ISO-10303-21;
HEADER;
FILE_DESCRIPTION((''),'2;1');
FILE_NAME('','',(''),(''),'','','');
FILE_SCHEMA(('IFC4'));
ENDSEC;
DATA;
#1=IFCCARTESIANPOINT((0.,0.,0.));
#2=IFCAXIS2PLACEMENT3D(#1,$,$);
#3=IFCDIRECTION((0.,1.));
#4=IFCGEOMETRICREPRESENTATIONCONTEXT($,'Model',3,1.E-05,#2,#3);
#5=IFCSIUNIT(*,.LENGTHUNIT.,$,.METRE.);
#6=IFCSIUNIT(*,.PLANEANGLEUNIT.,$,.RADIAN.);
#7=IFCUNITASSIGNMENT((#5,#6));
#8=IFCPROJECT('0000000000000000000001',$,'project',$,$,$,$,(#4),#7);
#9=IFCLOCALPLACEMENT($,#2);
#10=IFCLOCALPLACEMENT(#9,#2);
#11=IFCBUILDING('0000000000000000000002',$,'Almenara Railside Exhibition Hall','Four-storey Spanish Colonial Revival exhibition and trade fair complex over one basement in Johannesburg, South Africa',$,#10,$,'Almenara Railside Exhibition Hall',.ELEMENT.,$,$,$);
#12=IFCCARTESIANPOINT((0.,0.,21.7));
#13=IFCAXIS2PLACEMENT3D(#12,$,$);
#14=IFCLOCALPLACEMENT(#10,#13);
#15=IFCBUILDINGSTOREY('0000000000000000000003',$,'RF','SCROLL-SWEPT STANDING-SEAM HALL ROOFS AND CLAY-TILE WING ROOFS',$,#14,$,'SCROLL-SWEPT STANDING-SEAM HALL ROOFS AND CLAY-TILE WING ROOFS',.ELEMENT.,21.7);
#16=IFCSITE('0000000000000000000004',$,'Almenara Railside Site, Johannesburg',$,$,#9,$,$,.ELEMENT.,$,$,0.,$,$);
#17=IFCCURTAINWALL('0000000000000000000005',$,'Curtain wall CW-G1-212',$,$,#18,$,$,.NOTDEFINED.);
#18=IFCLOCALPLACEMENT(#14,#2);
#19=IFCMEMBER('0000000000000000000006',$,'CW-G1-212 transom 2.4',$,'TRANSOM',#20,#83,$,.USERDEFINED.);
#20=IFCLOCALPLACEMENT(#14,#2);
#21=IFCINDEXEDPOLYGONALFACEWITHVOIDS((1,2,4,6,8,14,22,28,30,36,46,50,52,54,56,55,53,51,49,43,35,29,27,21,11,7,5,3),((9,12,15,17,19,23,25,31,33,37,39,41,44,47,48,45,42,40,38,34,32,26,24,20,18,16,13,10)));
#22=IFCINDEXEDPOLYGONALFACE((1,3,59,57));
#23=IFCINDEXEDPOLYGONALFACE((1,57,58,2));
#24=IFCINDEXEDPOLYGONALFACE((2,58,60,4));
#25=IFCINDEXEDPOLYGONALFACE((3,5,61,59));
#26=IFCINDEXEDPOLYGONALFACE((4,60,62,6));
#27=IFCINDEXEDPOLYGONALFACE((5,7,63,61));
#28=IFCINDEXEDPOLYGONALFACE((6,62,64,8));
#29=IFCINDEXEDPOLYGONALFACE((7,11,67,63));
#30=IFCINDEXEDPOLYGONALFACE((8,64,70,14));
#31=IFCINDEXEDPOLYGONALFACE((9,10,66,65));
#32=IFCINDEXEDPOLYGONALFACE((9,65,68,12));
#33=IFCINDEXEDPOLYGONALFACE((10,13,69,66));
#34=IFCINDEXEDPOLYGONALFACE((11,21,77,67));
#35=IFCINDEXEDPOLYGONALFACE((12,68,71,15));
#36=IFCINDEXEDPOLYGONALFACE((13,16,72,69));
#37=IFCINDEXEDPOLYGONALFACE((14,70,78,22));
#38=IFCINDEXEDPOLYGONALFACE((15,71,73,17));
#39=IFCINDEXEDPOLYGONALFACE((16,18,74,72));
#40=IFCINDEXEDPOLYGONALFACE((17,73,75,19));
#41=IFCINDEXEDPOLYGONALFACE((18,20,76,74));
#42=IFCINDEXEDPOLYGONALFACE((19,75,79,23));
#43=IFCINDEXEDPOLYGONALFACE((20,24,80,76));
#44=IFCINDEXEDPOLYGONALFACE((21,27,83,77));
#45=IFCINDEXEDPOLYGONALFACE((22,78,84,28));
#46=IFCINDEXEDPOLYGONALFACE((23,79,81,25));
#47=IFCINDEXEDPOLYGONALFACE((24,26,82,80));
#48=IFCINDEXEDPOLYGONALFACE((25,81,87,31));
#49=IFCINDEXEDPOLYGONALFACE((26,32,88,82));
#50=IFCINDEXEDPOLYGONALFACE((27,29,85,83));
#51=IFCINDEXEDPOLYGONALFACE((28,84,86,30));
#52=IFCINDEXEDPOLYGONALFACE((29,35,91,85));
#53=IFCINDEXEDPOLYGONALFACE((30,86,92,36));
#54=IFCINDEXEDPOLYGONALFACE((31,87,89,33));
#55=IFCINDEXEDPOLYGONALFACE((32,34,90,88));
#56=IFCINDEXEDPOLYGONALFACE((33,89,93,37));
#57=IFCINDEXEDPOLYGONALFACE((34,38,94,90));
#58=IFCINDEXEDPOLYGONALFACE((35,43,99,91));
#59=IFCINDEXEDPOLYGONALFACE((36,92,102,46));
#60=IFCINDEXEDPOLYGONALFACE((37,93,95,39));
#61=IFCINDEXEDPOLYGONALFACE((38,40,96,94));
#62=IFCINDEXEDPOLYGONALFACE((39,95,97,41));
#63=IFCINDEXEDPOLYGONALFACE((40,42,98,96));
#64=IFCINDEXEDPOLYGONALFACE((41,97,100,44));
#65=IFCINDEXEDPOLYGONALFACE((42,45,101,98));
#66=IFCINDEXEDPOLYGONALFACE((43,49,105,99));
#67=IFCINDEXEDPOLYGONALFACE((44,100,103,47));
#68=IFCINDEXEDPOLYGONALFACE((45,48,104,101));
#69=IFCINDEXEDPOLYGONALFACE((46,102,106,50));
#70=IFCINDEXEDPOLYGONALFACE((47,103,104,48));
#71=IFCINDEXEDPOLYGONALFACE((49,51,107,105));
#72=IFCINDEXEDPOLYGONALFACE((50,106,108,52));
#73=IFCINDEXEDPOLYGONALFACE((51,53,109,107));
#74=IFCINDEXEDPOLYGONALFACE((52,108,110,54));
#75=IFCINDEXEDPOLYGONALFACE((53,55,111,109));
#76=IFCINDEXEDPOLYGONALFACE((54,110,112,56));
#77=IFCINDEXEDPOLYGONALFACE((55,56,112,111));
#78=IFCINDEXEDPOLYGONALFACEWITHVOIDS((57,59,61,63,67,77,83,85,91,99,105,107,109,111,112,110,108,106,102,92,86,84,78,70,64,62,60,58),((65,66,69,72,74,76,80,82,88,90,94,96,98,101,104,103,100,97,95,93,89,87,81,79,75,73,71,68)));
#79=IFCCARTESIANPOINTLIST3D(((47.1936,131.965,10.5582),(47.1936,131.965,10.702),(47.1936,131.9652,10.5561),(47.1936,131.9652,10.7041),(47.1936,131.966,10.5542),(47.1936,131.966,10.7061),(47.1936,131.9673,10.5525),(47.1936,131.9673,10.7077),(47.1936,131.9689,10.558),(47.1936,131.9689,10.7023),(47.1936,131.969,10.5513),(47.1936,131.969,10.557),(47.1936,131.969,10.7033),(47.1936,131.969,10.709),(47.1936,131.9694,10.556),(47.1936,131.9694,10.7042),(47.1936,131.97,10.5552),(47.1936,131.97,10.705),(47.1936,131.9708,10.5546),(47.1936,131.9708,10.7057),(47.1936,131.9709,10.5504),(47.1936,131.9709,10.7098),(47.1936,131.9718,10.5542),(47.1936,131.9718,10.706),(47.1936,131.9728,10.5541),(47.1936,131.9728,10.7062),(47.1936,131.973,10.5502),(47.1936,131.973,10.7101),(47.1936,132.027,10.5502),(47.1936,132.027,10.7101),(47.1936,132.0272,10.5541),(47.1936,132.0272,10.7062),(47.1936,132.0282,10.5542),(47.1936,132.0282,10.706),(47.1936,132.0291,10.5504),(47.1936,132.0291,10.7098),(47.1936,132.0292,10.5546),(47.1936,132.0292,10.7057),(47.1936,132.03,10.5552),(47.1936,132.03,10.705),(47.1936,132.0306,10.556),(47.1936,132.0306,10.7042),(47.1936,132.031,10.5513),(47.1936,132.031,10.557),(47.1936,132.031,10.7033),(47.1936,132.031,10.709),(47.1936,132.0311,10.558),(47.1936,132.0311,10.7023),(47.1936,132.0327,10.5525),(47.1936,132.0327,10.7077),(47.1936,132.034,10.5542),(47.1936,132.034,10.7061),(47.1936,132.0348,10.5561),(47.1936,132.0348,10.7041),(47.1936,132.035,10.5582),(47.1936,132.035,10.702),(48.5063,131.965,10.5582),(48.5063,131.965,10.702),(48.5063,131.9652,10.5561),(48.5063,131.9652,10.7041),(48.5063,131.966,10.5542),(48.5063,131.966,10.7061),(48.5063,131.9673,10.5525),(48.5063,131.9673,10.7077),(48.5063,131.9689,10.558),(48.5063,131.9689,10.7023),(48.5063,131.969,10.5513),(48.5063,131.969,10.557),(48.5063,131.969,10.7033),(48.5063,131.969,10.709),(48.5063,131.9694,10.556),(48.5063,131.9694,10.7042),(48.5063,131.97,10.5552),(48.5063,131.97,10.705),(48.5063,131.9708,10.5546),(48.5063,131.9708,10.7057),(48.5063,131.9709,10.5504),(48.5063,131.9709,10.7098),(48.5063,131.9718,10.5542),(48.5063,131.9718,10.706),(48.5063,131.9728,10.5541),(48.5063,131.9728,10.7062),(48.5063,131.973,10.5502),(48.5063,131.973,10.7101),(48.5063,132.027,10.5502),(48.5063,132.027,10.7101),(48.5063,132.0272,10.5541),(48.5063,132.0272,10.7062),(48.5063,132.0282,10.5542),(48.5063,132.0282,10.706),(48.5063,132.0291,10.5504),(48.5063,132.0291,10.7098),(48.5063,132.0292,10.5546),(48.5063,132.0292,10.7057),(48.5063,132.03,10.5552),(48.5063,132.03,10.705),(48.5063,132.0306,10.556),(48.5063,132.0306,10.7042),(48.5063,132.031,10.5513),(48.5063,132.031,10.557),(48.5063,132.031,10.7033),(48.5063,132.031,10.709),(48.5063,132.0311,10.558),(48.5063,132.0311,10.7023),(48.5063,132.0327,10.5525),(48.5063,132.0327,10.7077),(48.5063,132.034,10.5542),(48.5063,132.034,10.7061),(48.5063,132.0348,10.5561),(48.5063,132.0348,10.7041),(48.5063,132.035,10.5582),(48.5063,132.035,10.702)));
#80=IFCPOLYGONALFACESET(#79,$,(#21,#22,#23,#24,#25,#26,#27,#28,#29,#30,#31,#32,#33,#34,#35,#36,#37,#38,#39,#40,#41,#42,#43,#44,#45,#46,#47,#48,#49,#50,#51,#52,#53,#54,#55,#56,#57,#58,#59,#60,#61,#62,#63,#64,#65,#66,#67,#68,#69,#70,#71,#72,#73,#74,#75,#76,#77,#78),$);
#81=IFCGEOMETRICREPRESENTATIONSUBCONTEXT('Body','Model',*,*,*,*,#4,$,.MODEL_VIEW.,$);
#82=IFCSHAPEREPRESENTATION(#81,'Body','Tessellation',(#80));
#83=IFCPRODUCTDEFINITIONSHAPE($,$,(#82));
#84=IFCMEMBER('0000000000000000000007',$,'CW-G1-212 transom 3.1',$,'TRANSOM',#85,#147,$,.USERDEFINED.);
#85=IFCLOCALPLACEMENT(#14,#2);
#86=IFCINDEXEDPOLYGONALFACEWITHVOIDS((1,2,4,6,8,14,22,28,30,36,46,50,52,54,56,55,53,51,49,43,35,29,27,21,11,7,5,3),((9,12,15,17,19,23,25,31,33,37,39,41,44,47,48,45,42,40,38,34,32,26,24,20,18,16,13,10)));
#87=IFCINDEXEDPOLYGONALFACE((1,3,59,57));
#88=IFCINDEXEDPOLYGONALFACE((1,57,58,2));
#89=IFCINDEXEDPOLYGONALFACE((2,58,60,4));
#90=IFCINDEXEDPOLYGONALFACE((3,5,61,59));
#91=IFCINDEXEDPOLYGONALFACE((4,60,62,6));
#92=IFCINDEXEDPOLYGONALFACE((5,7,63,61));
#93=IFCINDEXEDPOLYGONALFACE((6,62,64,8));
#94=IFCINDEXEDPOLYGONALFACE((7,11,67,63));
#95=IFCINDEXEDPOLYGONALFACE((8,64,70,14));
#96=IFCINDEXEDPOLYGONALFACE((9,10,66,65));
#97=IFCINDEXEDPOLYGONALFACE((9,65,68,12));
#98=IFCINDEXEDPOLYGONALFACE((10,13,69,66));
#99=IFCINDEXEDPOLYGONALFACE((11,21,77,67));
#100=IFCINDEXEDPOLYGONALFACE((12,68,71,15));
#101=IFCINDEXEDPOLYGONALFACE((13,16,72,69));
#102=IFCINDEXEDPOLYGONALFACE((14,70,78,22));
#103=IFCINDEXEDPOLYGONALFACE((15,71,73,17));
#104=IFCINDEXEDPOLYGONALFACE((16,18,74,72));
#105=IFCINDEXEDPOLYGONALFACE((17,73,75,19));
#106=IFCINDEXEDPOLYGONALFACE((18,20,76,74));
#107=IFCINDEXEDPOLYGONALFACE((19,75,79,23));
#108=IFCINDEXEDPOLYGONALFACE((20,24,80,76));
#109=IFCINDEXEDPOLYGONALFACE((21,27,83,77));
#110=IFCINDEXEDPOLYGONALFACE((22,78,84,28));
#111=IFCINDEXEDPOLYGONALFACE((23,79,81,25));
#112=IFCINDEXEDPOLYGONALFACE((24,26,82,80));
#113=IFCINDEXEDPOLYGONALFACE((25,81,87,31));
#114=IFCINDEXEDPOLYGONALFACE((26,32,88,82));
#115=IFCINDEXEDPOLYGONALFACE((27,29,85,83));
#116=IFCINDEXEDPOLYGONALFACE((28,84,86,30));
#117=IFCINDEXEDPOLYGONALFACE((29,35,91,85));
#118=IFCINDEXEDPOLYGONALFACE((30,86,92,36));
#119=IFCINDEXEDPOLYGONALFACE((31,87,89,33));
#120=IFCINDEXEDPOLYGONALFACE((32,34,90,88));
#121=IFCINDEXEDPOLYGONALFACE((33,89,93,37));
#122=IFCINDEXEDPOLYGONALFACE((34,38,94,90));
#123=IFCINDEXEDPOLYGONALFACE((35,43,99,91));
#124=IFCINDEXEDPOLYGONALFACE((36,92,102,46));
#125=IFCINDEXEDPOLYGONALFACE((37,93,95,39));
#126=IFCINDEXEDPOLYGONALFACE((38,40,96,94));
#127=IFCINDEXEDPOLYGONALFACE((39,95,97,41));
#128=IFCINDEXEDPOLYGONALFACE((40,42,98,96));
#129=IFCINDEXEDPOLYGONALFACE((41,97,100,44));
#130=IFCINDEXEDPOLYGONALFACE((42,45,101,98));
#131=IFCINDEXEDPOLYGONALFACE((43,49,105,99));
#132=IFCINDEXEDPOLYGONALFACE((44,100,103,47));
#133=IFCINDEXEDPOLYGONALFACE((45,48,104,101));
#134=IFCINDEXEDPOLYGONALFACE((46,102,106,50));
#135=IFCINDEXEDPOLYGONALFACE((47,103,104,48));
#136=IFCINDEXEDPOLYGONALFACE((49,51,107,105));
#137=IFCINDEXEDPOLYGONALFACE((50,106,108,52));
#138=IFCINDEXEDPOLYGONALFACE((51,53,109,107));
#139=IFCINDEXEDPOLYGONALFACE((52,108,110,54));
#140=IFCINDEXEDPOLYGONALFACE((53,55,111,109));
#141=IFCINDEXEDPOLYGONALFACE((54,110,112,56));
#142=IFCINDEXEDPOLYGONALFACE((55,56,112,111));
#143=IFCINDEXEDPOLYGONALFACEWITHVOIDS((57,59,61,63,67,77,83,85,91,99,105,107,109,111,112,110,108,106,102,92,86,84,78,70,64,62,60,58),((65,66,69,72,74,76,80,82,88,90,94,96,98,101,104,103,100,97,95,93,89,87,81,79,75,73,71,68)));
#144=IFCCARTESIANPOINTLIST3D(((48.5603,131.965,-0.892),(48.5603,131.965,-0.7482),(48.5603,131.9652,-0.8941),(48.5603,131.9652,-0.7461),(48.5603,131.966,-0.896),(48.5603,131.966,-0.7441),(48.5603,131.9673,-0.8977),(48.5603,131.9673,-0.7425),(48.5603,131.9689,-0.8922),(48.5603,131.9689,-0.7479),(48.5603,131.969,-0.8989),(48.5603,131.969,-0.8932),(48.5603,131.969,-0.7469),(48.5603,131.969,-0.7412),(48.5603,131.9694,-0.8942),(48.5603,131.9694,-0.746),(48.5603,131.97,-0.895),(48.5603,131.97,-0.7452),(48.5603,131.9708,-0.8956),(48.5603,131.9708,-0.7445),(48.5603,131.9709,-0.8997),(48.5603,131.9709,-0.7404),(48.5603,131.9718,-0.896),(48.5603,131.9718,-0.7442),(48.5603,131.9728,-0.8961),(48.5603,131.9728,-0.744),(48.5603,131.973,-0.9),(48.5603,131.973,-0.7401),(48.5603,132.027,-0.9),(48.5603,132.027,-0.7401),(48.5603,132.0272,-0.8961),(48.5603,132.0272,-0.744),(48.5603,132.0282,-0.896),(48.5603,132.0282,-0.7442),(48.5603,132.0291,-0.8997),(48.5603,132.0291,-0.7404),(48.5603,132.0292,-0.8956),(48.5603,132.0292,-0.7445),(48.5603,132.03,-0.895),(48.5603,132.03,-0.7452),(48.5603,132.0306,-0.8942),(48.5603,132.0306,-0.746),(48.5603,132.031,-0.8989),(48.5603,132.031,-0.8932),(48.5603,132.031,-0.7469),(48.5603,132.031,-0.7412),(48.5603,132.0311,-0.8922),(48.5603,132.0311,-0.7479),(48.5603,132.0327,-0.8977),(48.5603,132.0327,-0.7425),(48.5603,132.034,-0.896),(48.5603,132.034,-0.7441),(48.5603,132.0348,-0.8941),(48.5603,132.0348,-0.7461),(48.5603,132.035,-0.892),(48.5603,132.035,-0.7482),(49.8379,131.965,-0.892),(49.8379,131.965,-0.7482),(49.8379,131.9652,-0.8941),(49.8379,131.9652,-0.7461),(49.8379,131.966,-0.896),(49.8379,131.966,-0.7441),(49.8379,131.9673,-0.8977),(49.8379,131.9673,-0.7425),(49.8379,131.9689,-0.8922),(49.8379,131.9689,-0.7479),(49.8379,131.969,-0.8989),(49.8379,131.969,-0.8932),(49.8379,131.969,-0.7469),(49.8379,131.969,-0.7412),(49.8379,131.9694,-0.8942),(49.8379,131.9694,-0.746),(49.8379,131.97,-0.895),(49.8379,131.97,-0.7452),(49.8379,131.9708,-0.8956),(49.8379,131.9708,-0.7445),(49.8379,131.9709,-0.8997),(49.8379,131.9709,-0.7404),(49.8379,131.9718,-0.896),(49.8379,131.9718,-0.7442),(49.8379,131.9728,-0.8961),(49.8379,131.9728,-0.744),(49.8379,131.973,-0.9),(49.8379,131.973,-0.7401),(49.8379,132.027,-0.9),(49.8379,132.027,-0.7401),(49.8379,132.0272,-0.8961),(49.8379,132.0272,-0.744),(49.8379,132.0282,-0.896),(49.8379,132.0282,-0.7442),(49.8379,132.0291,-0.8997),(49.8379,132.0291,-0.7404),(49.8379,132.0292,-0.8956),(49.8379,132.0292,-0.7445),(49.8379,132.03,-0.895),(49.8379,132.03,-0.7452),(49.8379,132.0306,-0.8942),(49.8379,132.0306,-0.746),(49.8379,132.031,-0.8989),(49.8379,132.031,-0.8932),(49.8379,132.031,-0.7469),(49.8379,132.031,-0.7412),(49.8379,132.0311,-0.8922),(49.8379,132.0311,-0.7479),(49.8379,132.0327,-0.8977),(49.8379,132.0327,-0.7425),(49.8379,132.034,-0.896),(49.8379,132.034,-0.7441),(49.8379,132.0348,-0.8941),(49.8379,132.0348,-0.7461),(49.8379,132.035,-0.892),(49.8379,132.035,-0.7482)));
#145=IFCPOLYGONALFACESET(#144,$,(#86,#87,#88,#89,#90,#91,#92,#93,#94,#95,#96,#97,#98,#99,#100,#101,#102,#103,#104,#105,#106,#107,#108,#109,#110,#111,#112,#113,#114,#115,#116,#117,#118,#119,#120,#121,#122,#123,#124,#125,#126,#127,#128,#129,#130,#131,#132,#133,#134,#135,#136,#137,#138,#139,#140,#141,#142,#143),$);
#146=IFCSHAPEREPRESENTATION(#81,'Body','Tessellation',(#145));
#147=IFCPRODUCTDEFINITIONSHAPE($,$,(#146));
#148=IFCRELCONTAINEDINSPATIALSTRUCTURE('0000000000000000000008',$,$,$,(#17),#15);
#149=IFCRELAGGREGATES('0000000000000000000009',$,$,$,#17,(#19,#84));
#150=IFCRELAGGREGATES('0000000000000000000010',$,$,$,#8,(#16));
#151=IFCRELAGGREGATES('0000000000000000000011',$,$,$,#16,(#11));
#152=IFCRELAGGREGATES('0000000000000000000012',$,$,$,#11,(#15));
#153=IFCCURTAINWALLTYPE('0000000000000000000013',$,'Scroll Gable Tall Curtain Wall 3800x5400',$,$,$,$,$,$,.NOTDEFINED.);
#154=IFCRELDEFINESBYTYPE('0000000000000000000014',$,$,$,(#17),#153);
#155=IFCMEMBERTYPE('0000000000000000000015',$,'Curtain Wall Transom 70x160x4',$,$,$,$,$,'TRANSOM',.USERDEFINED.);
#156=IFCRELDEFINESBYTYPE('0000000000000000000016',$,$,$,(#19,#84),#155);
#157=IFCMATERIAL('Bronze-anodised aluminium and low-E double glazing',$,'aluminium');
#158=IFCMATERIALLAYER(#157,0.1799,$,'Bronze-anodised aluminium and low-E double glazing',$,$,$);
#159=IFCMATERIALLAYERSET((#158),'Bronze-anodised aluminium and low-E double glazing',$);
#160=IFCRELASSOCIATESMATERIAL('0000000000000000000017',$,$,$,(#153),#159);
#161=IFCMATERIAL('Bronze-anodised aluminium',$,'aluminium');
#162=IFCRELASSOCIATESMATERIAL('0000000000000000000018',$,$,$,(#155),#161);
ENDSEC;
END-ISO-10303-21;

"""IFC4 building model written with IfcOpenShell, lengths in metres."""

from ifc_helpers import new_model, si_unit, direction, frame, origin, origin_2d, place, context, subcontext, project, spatial, hollow_rectangle, extrude, material, layer, layer_set, material_profile, profile_set, type_object, element, aggregate, save


model = new_model("IFC4")

# Units and contexts
model_context = context("Model", 3, precision=1e-05, world=origin(), true_north=direction((0.0, 1.0)))
body_context = subcontext(model_context, "Body", "Model", "MODEL_VIEW")
ifc_project = project(units=[si_unit("LENGTHUNIT", "METRE"), si_unit("PLANEANGLEUNIT", "RADIAN")], contexts=[model_context])

# Site, building, storey
site_placement = place(None, origin())
site = spatial("IfcSite", under=ifc_project, at=site_placement, Name="Almenara Railside Site, Johannesburg", CompositionType="ELEMENT", RefElevation=0.0)
building_placement = place(site_placement, origin())
building = spatial("IfcBuilding", under=site, at=building_placement, Name="Almenara Railside Exhibition Hall", Description="Four-storey Spanish Colonial Revival exhibition and trade fair complex over one basement in Johannesburg, South Africa", LongName="Almenara Railside Exhibition Hall", CompositionType="ELEMENT")
storey_placement = place(building_placement, frame((0.0, 0.0, 21.7)))
storey = spatial("IfcBuildingStorey", under=building, at=storey_placement, Name="RF", Description="SCROLL-SWEPT STANDING-SEAM HALL ROOFS AND CLAY-TILE WING ROOFS", LongName="SCROLL-SWEPT STANDING-SEAM HALL ROOFS AND CLAY-TILE WING ROOFS", CompositionType="ELEMENT", Elevation=21.7)

# Shared definitions
ifc_material_1 = material(Name="Bronze-anodised aluminium and low-E double glazing", Category="aluminium")
ifc_layer_1 = layer(ifc_material_1, 0.1799, Name="Bronze-anodised aluminium and low-E double glazing")
ifc_layer_set_1 = layer_set([ifc_layer_1], Name="Bronze-anodised aluminium and low-E double glazing")
curtain_wall_type = type_object("IfcCurtainWallType", Name="Scroll Gable Tall Curtain Wall 3800x5400", PredefinedType="NOTDEFINED", material=ifc_layer_set_1)
ifc_material_2 = material(Name="Bronze-anodised aluminium", Category="aluminium")

# Curtain wall
curtain_wall_1_placement = place(storey_placement, origin())
curtain_wall_1 = element("IfcCurtainWall", 1, at=curtain_wall_1_placement, inside=storey, type_object=curtain_wall_type, Name="Curtain wall CW-G1-212", PredefinedType="NOTDEFINED")

# Members
ifc_material_profile_1 = material_profile(ifc_material_2, hollow_rectangle(XDim=0.0701, YDim=0.1599, WallThickness=0.0039, InnerFilletRadius=0.0039, OuterFilletRadius=0.0081, at=origin_2d()), Name="ALU-TRN 70x160x4")
ifc_profile_set_1 = profile_set([ifc_material_profile_1], Name="Bronze-anodised aluminium")
member_type_1 = type_object("IfcMemberType", Name="Curtain Wall Transom 70x160x4", ElementType="TRANSOM", PredefinedType="USERDEFINED", material=ifc_profile_set_1)
member_1_placement = place(storey_placement, frame((47.1936, 132.0, 10.6301), z_axis=(1.0, 0.0, 0.0), x_axis=(0.0, 1.0, 0.0)))
member_1 = element("IfcMember", 2, at=member_1_placement, type_object=member_type_1, Name="CW-G1-212 transom 2.4", ObjectType="TRANSOM", PredefinedType="USERDEFINED", context=body_context, shape_type="SweptSolid", body=[
    extrude(hollow_rectangle(XDim=0.0701, YDim=0.1599, WallThickness=0.0039, InnerFilletRadius=0.0039, OuterFilletRadius=0.0081, at=origin_2d()), origin(), (0.0, 0.0, 1.0), 1.3127),
])
member_2_placement = place(storey_placement, frame((48.5603, 132.0, -0.8201), z_axis=(1.0, 0.0, 0.0), x_axis=(0.0, 1.0, 0.0)))
member_2 = element("IfcMember", 3, at=member_2_placement, type_object=member_type_1, Name="CW-G1-212 transom 3.1", ObjectType="TRANSOM", PredefinedType="USERDEFINED", context=body_context, shape_type="SweptSolid", body=[
    extrude(hollow_rectangle(XDim=0.0701, YDim=0.1599, WallThickness=0.0039, InnerFilletRadius=0.0039, OuterFilletRadius=0.0081, at=origin_2d()), origin(), (0.0, 0.0, 1.0), 1.2776),
])

aggregate(curtain_wall_1, [member_1, member_2])

save(model, "model.ifc")
